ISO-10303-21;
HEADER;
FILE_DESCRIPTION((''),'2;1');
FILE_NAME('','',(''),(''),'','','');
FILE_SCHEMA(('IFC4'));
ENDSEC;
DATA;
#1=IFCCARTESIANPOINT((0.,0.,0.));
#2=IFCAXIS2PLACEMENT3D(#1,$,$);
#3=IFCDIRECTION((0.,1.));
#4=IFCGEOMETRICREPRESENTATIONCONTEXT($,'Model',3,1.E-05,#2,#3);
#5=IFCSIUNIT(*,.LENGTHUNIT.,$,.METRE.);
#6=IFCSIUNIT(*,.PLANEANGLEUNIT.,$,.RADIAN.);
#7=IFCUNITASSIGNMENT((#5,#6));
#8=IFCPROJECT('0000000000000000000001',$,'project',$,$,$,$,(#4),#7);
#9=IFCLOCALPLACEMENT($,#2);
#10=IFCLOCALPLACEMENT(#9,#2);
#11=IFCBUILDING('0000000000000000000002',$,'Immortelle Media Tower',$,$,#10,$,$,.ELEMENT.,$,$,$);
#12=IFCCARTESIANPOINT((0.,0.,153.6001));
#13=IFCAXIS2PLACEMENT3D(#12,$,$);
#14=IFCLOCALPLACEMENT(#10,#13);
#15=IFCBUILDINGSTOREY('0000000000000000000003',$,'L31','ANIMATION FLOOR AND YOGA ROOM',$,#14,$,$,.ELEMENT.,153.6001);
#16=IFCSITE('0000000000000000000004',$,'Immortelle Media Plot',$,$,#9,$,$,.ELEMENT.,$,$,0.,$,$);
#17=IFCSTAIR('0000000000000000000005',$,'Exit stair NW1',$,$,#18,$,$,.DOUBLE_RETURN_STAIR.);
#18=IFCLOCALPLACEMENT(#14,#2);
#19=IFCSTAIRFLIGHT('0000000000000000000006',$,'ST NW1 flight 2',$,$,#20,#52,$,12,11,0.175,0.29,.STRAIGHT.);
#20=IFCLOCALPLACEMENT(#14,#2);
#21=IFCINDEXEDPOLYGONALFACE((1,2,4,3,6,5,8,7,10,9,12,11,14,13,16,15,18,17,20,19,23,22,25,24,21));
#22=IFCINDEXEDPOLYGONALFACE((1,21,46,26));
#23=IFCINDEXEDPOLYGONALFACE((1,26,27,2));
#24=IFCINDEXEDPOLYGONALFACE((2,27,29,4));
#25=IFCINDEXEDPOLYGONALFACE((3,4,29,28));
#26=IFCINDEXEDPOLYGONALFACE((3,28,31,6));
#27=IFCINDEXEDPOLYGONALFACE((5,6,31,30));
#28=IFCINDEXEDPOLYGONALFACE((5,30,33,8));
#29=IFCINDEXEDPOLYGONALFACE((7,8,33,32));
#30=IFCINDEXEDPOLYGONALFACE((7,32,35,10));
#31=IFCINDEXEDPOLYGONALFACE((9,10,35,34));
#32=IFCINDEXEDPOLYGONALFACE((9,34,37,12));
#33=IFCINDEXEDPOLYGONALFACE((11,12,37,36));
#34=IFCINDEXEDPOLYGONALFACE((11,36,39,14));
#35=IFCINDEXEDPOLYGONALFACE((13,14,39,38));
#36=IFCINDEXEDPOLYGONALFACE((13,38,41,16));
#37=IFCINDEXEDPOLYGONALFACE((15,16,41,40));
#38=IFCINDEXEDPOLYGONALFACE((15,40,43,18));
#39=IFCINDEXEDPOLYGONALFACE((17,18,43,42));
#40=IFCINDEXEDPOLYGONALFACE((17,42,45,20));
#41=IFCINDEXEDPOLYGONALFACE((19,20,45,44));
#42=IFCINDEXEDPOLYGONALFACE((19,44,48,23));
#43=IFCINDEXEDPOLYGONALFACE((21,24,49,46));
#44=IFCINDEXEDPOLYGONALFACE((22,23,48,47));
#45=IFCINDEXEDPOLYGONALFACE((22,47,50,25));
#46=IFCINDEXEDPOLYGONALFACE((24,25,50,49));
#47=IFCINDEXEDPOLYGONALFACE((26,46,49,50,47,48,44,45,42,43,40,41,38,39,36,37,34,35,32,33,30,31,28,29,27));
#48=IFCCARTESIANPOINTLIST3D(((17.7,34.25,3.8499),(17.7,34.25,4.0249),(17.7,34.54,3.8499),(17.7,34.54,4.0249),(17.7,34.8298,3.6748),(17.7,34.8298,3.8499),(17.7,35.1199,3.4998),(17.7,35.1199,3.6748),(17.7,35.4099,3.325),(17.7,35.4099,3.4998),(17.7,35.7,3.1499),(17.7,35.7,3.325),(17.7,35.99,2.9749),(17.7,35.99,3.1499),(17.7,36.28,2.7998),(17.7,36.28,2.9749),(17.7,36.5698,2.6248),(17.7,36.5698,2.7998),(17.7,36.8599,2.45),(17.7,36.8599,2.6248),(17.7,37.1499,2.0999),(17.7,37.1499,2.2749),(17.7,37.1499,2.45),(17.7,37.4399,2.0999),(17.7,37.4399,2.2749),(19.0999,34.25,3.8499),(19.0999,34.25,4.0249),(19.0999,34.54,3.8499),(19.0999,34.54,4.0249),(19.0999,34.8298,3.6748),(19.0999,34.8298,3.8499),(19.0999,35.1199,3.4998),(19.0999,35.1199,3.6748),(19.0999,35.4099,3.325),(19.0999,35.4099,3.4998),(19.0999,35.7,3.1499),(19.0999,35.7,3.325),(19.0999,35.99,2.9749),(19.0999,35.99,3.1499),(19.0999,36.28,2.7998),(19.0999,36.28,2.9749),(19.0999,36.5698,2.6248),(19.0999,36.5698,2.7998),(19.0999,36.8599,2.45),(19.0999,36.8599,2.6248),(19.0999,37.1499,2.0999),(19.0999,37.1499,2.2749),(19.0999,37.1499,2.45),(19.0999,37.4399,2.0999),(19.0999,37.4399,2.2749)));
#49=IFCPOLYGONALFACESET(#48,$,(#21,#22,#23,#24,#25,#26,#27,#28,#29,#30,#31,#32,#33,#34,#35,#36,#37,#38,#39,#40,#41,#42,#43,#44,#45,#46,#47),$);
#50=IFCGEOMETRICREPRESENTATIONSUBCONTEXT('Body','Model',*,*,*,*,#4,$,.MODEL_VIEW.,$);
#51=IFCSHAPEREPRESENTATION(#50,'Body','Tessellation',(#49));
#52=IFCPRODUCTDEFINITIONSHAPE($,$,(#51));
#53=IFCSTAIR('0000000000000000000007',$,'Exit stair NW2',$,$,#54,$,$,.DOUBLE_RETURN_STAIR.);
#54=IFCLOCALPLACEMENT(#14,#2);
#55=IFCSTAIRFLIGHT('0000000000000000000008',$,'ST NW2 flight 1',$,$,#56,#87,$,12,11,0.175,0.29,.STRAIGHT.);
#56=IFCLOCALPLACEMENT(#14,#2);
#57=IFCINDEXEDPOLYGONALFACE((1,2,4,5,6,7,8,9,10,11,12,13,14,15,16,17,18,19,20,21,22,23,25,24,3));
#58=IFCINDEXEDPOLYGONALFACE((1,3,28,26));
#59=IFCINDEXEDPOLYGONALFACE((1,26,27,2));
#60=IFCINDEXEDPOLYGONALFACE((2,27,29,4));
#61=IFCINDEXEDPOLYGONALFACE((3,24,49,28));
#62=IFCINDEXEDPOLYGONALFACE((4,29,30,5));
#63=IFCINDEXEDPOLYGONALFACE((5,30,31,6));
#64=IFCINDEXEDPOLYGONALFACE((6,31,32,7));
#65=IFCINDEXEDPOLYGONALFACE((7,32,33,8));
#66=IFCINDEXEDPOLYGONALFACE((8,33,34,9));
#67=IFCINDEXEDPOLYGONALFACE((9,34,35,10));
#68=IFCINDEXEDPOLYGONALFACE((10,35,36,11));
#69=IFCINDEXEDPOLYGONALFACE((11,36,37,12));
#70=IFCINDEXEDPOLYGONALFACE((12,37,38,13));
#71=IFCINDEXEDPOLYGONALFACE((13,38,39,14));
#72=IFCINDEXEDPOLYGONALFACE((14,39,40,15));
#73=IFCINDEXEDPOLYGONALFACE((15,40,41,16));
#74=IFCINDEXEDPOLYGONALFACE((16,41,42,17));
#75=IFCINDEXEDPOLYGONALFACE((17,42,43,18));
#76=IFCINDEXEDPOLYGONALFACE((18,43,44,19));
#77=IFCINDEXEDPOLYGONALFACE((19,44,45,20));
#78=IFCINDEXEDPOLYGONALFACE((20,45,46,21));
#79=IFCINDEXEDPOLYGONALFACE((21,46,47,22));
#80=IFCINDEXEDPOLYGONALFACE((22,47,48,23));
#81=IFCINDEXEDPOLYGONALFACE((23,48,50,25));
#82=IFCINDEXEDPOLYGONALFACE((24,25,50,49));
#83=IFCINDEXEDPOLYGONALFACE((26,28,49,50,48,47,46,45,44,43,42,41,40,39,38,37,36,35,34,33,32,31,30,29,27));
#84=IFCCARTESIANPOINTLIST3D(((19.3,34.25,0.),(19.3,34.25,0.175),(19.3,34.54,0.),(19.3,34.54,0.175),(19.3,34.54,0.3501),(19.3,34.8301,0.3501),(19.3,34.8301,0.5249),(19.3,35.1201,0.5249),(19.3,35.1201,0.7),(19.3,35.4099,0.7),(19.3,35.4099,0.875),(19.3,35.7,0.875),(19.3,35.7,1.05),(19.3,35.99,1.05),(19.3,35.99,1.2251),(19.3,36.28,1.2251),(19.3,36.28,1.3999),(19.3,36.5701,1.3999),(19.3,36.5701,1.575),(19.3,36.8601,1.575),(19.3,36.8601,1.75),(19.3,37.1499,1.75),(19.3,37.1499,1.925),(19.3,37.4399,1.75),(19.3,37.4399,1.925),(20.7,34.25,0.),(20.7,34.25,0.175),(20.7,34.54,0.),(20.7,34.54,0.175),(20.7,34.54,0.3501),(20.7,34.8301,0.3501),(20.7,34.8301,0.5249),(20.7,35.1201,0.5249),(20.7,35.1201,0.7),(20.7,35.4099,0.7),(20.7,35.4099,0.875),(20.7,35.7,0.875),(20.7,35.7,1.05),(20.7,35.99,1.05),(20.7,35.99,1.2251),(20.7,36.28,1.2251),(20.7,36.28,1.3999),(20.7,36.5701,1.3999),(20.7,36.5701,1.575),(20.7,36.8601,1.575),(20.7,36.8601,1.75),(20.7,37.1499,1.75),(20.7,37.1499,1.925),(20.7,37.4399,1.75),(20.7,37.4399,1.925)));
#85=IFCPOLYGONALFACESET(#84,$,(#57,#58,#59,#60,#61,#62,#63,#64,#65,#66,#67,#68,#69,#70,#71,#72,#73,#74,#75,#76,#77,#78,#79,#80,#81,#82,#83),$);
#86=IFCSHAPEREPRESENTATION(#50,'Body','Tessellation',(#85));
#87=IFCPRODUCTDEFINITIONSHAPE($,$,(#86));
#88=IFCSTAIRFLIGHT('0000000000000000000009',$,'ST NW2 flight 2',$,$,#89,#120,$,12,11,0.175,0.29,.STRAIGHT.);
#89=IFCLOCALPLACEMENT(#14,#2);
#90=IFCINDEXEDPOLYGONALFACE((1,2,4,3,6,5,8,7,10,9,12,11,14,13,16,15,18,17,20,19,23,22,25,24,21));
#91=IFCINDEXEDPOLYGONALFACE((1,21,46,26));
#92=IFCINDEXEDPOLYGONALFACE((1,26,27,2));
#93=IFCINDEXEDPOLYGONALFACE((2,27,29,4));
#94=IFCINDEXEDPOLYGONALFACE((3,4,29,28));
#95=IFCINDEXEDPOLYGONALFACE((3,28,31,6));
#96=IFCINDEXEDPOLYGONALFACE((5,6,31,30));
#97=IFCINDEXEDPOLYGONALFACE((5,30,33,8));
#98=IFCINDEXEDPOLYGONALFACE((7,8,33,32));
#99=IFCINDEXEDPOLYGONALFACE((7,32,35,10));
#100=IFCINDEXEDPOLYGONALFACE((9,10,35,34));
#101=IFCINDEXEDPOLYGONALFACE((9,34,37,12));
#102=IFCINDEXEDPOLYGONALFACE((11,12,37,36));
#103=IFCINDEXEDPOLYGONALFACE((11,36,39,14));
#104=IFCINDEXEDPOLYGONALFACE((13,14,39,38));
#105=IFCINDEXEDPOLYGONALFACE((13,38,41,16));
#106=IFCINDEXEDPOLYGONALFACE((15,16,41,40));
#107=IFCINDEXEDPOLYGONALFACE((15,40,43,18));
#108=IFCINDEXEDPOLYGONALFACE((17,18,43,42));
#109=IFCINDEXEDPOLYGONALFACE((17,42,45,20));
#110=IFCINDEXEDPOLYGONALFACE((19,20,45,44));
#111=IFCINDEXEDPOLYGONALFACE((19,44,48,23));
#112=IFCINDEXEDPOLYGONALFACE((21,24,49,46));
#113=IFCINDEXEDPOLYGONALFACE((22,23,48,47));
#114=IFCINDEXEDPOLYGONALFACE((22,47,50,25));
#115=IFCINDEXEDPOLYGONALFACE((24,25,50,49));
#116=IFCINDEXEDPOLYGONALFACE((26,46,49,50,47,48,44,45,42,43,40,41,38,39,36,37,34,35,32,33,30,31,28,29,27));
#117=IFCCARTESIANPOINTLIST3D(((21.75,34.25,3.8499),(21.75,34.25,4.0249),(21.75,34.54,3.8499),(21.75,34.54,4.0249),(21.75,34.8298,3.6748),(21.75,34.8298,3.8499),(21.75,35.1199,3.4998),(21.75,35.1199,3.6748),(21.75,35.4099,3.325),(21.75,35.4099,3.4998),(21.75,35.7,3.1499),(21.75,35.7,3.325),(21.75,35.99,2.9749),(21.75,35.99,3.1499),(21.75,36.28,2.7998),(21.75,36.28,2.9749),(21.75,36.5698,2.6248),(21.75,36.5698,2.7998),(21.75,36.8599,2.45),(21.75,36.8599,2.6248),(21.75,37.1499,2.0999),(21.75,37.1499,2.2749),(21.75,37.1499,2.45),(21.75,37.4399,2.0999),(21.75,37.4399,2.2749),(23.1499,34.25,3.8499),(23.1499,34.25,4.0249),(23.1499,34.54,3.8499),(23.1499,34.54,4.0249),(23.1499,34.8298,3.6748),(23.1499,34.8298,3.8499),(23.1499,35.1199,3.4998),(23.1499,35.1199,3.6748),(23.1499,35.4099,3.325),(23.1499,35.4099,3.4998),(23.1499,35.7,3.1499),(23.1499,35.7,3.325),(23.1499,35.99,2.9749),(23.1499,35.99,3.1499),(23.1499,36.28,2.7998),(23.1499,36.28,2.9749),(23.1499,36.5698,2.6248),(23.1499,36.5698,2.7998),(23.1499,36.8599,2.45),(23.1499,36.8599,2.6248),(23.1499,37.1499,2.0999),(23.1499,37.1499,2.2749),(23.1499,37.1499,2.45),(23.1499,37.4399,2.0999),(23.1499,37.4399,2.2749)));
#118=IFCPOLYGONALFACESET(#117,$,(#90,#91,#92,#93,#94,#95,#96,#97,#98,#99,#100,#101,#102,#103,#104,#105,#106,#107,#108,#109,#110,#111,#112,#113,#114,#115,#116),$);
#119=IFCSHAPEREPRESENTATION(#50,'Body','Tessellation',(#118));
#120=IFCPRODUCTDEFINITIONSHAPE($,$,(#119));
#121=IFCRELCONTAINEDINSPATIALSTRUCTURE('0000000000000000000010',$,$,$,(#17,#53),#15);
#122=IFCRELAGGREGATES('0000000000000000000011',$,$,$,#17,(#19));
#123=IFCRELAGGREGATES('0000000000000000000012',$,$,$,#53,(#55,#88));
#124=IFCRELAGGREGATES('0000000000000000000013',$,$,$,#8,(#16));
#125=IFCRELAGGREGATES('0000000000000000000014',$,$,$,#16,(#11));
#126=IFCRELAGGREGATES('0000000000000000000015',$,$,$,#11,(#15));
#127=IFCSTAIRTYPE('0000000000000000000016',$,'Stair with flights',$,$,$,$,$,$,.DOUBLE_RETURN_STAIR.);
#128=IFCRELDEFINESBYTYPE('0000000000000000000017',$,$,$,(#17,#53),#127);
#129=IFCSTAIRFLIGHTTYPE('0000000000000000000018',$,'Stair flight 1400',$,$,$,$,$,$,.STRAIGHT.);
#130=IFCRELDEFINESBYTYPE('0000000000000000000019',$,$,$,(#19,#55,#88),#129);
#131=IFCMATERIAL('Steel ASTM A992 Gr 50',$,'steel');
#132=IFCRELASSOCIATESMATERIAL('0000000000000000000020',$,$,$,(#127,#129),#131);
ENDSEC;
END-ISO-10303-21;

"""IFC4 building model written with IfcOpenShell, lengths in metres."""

from ifc_helpers import new_model, si_unit, direction, frame, origin, place, context, subcontext, project, spatial, polyline, outline, extrude, material, type_object, element, aggregate, save


model = new_model("IFC4")

# Units and contexts
model_context = context("Model", 3, precision=1e-05, world=origin(), true_north=direction((0.0, 1.0)))
body_context = subcontext(model_context, "Body", "Model", "MODEL_VIEW")
ifc_project = project(units=[si_unit("LENGTHUNIT", "METRE"), si_unit("PLANEANGLEUNIT", "RADIAN")], contexts=[model_context])

# Site, building, storey
site_placement = place(None, origin())
site = spatial("IfcSite", under=ifc_project, at=site_placement, Name="Immortelle Media Plot", CompositionType="ELEMENT", RefElevation=0.0)
building_placement = place(site_placement, origin())
building = spatial("IfcBuilding", under=site, at=building_placement, Name="Immortelle Media Tower", CompositionType="ELEMENT")
storey_placement = place(building_placement, frame((0.0, 0.0, 153.6001)))
storey = spatial("IfcBuildingStorey", under=building, at=storey_placement, Name="L31", Description="ANIMATION FLOOR AND YOGA ROOM", CompositionType="ELEMENT", Elevation=153.6001)

# Shared definitions
ifc_material_1 = material(Name="Steel ASTM A992 Gr 50", Category="steel")

# Stairs, stair flights
stair_type = type_object("IfcStairType", Name="Stair with flights", PredefinedType="DOUBLE_RETURN_STAIR", material=ifc_material_1)
stair_1_placement = place(storey_placement, origin())
stair_1 = element("IfcStair", 1, at=stair_1_placement, inside=storey, type_object=stair_type, Name="Exit stair NW1", PredefinedType="DOUBLE_RETURN_STAIR")
stair_flight_type = type_object("IfcStairFlightType", Name="Stair flight 1400", PredefinedType="STRAIGHT", material=ifc_material_1)
stair_flight_1_placement = place(storey_placement, frame((18.3999, 37.4399, 2.0999), z_axis=(0.0, 0.0, 1.0), x_axis=(0.0, -1.0, 0.0)))
stair_flight_1 = element("IfcStairFlight", 2, at=stair_flight_1_placement, type_object=stair_flight_type, Name="ST NW1 flight 2", NumberOfRisers=12, NumberOfTreads=11, PredefinedType="STRAIGHT", RiserHeight=0.175, TreadLength=0.29, context=body_context, shape_type="SweptSolid", body=[
    extrude(outline(polyline([(0.0, 0.0), (0.0, 0.175), (0.29, 0.175), (0.29, 0.3501), (0.5801, 0.3501), (0.5801, 0.5249), (0.8701, 0.5249), (0.8701, 0.7), (1.1599, 0.7), (1.1599, 0.875), (1.45, 0.875), (1.45, 1.05), (1.74, 1.05), (1.74, 1.2251), (2.03, 1.2251), (2.03, 1.3999), (2.3201, 1.3999), (2.3201, 1.575), (2.6101, 1.575), (2.6101, 1.75), (2.8999, 1.75), (2.8999, 1.925), (3.1899, 1.925), (3.1899, 2.1001), (3.1899, 1.75), (0.29, 0.0), (0.0, 0.0)])), frame((0.0, 0.7, 0.0), z_axis=(0.0, -1.0, 0.0), x_axis=(1.0, 0.0, 0.0)), (0.0, 0.0, 1.0), 1.3999),
])
aggregate(stair_1, [stair_flight_1])
stair_2_placement = place(storey_placement, origin())
stair_2 = element("IfcStair", 3, at=stair_2_placement, inside=storey, type_object=stair_type, Name="Exit stair NW2", PredefinedType="DOUBLE_RETURN_STAIR")
stair_flight_2_placement = place(storey_placement, frame((20.0, 34.25, 0.0), z_axis=(0.0, 0.0, 1.0), x_axis=(0.0, 1.0, 0.0)))
stair_flight_2 = element("IfcStairFlight", 4, at=stair_flight_2_placement, type_object=stair_flight_type, Name="ST NW2 flight 1", NumberOfRisers=12, NumberOfTreads=11, PredefinedType="STRAIGHT", RiserHeight=0.175, TreadLength=0.29, context=body_context, shape_type="SweptSolid", body=[
    extrude(outline(polyline([(0.0, 0.0), (0.0, 0.175), (0.29, 0.175), (0.29, 0.3501), (0.5801, 0.3501), (0.5801, 0.5249), (0.8701, 0.5249), (0.8701, 0.7), (1.1599, 0.7), (1.1599, 0.875), (1.45, 0.875), (1.45, 1.05), (1.74, 1.05), (1.74, 1.2251), (2.03, 1.2251), (2.03, 1.3999), (2.3201, 1.3999), (2.3201, 1.575), (2.6101, 1.575), (2.6101, 1.75), (2.8999, 1.75), (2.8999, 1.925), (3.1899, 1.925), (3.1899, 2.1001), (3.1899, 1.75), (0.29, 0.0), (0.0, 0.0)])), frame((0.0, 0.7, 0.0), z_axis=(0.0, -1.0, 0.0), x_axis=(1.0, 0.0, 0.0)), (0.0, 0.0, 1.0), 1.3999),
])
stair_flight_3_placement = place(storey_placement, frame((22.45, 37.4399, 2.0999), z_axis=(0.0, 0.0, 1.0), x_axis=(0.0, -1.0, 0.0)))
stair_flight_3 = element("IfcStairFlight", 5, at=stair_flight_3_placement, type_object=stair_flight_type, Name="ST NW2 flight 2", NumberOfRisers=12, NumberOfTreads=11, PredefinedType="STRAIGHT", RiserHeight=0.175, TreadLength=0.29, context=body_context, shape_type="SweptSolid", body=[
    extrude(outline(polyline([(0.0, 0.0), (0.0, 0.175), (0.29, 0.175), (0.29, 0.3501), (0.5801, 0.3501), (0.5801, 0.5249), (0.8701, 0.5249), (0.8701, 0.7), (1.1599, 0.7), (1.1599, 0.875), (1.45, 0.875), (1.45, 1.05), (1.74, 1.05), (1.74, 1.2251), (2.03, 1.2251), (2.03, 1.3999), (2.3201, 1.3999), (2.3201, 1.575), (2.6101, 1.575), (2.6101, 1.75), (2.8999, 1.75), (2.8999, 1.925), (3.1899, 1.925), (3.1899, 2.1001), (3.1899, 1.75), (0.29, 0.0), (0.0, 0.0)])), frame((0.0, 0.7, 0.0), z_axis=(0.0, -1.0, 0.0), x_axis=(1.0, 0.0, 0.0)), (0.0, 0.0, 1.0), 1.3999),
])
aggregate(stair_2, [stair_flight_2, stair_flight_3])

save(model, "model.ifc")
